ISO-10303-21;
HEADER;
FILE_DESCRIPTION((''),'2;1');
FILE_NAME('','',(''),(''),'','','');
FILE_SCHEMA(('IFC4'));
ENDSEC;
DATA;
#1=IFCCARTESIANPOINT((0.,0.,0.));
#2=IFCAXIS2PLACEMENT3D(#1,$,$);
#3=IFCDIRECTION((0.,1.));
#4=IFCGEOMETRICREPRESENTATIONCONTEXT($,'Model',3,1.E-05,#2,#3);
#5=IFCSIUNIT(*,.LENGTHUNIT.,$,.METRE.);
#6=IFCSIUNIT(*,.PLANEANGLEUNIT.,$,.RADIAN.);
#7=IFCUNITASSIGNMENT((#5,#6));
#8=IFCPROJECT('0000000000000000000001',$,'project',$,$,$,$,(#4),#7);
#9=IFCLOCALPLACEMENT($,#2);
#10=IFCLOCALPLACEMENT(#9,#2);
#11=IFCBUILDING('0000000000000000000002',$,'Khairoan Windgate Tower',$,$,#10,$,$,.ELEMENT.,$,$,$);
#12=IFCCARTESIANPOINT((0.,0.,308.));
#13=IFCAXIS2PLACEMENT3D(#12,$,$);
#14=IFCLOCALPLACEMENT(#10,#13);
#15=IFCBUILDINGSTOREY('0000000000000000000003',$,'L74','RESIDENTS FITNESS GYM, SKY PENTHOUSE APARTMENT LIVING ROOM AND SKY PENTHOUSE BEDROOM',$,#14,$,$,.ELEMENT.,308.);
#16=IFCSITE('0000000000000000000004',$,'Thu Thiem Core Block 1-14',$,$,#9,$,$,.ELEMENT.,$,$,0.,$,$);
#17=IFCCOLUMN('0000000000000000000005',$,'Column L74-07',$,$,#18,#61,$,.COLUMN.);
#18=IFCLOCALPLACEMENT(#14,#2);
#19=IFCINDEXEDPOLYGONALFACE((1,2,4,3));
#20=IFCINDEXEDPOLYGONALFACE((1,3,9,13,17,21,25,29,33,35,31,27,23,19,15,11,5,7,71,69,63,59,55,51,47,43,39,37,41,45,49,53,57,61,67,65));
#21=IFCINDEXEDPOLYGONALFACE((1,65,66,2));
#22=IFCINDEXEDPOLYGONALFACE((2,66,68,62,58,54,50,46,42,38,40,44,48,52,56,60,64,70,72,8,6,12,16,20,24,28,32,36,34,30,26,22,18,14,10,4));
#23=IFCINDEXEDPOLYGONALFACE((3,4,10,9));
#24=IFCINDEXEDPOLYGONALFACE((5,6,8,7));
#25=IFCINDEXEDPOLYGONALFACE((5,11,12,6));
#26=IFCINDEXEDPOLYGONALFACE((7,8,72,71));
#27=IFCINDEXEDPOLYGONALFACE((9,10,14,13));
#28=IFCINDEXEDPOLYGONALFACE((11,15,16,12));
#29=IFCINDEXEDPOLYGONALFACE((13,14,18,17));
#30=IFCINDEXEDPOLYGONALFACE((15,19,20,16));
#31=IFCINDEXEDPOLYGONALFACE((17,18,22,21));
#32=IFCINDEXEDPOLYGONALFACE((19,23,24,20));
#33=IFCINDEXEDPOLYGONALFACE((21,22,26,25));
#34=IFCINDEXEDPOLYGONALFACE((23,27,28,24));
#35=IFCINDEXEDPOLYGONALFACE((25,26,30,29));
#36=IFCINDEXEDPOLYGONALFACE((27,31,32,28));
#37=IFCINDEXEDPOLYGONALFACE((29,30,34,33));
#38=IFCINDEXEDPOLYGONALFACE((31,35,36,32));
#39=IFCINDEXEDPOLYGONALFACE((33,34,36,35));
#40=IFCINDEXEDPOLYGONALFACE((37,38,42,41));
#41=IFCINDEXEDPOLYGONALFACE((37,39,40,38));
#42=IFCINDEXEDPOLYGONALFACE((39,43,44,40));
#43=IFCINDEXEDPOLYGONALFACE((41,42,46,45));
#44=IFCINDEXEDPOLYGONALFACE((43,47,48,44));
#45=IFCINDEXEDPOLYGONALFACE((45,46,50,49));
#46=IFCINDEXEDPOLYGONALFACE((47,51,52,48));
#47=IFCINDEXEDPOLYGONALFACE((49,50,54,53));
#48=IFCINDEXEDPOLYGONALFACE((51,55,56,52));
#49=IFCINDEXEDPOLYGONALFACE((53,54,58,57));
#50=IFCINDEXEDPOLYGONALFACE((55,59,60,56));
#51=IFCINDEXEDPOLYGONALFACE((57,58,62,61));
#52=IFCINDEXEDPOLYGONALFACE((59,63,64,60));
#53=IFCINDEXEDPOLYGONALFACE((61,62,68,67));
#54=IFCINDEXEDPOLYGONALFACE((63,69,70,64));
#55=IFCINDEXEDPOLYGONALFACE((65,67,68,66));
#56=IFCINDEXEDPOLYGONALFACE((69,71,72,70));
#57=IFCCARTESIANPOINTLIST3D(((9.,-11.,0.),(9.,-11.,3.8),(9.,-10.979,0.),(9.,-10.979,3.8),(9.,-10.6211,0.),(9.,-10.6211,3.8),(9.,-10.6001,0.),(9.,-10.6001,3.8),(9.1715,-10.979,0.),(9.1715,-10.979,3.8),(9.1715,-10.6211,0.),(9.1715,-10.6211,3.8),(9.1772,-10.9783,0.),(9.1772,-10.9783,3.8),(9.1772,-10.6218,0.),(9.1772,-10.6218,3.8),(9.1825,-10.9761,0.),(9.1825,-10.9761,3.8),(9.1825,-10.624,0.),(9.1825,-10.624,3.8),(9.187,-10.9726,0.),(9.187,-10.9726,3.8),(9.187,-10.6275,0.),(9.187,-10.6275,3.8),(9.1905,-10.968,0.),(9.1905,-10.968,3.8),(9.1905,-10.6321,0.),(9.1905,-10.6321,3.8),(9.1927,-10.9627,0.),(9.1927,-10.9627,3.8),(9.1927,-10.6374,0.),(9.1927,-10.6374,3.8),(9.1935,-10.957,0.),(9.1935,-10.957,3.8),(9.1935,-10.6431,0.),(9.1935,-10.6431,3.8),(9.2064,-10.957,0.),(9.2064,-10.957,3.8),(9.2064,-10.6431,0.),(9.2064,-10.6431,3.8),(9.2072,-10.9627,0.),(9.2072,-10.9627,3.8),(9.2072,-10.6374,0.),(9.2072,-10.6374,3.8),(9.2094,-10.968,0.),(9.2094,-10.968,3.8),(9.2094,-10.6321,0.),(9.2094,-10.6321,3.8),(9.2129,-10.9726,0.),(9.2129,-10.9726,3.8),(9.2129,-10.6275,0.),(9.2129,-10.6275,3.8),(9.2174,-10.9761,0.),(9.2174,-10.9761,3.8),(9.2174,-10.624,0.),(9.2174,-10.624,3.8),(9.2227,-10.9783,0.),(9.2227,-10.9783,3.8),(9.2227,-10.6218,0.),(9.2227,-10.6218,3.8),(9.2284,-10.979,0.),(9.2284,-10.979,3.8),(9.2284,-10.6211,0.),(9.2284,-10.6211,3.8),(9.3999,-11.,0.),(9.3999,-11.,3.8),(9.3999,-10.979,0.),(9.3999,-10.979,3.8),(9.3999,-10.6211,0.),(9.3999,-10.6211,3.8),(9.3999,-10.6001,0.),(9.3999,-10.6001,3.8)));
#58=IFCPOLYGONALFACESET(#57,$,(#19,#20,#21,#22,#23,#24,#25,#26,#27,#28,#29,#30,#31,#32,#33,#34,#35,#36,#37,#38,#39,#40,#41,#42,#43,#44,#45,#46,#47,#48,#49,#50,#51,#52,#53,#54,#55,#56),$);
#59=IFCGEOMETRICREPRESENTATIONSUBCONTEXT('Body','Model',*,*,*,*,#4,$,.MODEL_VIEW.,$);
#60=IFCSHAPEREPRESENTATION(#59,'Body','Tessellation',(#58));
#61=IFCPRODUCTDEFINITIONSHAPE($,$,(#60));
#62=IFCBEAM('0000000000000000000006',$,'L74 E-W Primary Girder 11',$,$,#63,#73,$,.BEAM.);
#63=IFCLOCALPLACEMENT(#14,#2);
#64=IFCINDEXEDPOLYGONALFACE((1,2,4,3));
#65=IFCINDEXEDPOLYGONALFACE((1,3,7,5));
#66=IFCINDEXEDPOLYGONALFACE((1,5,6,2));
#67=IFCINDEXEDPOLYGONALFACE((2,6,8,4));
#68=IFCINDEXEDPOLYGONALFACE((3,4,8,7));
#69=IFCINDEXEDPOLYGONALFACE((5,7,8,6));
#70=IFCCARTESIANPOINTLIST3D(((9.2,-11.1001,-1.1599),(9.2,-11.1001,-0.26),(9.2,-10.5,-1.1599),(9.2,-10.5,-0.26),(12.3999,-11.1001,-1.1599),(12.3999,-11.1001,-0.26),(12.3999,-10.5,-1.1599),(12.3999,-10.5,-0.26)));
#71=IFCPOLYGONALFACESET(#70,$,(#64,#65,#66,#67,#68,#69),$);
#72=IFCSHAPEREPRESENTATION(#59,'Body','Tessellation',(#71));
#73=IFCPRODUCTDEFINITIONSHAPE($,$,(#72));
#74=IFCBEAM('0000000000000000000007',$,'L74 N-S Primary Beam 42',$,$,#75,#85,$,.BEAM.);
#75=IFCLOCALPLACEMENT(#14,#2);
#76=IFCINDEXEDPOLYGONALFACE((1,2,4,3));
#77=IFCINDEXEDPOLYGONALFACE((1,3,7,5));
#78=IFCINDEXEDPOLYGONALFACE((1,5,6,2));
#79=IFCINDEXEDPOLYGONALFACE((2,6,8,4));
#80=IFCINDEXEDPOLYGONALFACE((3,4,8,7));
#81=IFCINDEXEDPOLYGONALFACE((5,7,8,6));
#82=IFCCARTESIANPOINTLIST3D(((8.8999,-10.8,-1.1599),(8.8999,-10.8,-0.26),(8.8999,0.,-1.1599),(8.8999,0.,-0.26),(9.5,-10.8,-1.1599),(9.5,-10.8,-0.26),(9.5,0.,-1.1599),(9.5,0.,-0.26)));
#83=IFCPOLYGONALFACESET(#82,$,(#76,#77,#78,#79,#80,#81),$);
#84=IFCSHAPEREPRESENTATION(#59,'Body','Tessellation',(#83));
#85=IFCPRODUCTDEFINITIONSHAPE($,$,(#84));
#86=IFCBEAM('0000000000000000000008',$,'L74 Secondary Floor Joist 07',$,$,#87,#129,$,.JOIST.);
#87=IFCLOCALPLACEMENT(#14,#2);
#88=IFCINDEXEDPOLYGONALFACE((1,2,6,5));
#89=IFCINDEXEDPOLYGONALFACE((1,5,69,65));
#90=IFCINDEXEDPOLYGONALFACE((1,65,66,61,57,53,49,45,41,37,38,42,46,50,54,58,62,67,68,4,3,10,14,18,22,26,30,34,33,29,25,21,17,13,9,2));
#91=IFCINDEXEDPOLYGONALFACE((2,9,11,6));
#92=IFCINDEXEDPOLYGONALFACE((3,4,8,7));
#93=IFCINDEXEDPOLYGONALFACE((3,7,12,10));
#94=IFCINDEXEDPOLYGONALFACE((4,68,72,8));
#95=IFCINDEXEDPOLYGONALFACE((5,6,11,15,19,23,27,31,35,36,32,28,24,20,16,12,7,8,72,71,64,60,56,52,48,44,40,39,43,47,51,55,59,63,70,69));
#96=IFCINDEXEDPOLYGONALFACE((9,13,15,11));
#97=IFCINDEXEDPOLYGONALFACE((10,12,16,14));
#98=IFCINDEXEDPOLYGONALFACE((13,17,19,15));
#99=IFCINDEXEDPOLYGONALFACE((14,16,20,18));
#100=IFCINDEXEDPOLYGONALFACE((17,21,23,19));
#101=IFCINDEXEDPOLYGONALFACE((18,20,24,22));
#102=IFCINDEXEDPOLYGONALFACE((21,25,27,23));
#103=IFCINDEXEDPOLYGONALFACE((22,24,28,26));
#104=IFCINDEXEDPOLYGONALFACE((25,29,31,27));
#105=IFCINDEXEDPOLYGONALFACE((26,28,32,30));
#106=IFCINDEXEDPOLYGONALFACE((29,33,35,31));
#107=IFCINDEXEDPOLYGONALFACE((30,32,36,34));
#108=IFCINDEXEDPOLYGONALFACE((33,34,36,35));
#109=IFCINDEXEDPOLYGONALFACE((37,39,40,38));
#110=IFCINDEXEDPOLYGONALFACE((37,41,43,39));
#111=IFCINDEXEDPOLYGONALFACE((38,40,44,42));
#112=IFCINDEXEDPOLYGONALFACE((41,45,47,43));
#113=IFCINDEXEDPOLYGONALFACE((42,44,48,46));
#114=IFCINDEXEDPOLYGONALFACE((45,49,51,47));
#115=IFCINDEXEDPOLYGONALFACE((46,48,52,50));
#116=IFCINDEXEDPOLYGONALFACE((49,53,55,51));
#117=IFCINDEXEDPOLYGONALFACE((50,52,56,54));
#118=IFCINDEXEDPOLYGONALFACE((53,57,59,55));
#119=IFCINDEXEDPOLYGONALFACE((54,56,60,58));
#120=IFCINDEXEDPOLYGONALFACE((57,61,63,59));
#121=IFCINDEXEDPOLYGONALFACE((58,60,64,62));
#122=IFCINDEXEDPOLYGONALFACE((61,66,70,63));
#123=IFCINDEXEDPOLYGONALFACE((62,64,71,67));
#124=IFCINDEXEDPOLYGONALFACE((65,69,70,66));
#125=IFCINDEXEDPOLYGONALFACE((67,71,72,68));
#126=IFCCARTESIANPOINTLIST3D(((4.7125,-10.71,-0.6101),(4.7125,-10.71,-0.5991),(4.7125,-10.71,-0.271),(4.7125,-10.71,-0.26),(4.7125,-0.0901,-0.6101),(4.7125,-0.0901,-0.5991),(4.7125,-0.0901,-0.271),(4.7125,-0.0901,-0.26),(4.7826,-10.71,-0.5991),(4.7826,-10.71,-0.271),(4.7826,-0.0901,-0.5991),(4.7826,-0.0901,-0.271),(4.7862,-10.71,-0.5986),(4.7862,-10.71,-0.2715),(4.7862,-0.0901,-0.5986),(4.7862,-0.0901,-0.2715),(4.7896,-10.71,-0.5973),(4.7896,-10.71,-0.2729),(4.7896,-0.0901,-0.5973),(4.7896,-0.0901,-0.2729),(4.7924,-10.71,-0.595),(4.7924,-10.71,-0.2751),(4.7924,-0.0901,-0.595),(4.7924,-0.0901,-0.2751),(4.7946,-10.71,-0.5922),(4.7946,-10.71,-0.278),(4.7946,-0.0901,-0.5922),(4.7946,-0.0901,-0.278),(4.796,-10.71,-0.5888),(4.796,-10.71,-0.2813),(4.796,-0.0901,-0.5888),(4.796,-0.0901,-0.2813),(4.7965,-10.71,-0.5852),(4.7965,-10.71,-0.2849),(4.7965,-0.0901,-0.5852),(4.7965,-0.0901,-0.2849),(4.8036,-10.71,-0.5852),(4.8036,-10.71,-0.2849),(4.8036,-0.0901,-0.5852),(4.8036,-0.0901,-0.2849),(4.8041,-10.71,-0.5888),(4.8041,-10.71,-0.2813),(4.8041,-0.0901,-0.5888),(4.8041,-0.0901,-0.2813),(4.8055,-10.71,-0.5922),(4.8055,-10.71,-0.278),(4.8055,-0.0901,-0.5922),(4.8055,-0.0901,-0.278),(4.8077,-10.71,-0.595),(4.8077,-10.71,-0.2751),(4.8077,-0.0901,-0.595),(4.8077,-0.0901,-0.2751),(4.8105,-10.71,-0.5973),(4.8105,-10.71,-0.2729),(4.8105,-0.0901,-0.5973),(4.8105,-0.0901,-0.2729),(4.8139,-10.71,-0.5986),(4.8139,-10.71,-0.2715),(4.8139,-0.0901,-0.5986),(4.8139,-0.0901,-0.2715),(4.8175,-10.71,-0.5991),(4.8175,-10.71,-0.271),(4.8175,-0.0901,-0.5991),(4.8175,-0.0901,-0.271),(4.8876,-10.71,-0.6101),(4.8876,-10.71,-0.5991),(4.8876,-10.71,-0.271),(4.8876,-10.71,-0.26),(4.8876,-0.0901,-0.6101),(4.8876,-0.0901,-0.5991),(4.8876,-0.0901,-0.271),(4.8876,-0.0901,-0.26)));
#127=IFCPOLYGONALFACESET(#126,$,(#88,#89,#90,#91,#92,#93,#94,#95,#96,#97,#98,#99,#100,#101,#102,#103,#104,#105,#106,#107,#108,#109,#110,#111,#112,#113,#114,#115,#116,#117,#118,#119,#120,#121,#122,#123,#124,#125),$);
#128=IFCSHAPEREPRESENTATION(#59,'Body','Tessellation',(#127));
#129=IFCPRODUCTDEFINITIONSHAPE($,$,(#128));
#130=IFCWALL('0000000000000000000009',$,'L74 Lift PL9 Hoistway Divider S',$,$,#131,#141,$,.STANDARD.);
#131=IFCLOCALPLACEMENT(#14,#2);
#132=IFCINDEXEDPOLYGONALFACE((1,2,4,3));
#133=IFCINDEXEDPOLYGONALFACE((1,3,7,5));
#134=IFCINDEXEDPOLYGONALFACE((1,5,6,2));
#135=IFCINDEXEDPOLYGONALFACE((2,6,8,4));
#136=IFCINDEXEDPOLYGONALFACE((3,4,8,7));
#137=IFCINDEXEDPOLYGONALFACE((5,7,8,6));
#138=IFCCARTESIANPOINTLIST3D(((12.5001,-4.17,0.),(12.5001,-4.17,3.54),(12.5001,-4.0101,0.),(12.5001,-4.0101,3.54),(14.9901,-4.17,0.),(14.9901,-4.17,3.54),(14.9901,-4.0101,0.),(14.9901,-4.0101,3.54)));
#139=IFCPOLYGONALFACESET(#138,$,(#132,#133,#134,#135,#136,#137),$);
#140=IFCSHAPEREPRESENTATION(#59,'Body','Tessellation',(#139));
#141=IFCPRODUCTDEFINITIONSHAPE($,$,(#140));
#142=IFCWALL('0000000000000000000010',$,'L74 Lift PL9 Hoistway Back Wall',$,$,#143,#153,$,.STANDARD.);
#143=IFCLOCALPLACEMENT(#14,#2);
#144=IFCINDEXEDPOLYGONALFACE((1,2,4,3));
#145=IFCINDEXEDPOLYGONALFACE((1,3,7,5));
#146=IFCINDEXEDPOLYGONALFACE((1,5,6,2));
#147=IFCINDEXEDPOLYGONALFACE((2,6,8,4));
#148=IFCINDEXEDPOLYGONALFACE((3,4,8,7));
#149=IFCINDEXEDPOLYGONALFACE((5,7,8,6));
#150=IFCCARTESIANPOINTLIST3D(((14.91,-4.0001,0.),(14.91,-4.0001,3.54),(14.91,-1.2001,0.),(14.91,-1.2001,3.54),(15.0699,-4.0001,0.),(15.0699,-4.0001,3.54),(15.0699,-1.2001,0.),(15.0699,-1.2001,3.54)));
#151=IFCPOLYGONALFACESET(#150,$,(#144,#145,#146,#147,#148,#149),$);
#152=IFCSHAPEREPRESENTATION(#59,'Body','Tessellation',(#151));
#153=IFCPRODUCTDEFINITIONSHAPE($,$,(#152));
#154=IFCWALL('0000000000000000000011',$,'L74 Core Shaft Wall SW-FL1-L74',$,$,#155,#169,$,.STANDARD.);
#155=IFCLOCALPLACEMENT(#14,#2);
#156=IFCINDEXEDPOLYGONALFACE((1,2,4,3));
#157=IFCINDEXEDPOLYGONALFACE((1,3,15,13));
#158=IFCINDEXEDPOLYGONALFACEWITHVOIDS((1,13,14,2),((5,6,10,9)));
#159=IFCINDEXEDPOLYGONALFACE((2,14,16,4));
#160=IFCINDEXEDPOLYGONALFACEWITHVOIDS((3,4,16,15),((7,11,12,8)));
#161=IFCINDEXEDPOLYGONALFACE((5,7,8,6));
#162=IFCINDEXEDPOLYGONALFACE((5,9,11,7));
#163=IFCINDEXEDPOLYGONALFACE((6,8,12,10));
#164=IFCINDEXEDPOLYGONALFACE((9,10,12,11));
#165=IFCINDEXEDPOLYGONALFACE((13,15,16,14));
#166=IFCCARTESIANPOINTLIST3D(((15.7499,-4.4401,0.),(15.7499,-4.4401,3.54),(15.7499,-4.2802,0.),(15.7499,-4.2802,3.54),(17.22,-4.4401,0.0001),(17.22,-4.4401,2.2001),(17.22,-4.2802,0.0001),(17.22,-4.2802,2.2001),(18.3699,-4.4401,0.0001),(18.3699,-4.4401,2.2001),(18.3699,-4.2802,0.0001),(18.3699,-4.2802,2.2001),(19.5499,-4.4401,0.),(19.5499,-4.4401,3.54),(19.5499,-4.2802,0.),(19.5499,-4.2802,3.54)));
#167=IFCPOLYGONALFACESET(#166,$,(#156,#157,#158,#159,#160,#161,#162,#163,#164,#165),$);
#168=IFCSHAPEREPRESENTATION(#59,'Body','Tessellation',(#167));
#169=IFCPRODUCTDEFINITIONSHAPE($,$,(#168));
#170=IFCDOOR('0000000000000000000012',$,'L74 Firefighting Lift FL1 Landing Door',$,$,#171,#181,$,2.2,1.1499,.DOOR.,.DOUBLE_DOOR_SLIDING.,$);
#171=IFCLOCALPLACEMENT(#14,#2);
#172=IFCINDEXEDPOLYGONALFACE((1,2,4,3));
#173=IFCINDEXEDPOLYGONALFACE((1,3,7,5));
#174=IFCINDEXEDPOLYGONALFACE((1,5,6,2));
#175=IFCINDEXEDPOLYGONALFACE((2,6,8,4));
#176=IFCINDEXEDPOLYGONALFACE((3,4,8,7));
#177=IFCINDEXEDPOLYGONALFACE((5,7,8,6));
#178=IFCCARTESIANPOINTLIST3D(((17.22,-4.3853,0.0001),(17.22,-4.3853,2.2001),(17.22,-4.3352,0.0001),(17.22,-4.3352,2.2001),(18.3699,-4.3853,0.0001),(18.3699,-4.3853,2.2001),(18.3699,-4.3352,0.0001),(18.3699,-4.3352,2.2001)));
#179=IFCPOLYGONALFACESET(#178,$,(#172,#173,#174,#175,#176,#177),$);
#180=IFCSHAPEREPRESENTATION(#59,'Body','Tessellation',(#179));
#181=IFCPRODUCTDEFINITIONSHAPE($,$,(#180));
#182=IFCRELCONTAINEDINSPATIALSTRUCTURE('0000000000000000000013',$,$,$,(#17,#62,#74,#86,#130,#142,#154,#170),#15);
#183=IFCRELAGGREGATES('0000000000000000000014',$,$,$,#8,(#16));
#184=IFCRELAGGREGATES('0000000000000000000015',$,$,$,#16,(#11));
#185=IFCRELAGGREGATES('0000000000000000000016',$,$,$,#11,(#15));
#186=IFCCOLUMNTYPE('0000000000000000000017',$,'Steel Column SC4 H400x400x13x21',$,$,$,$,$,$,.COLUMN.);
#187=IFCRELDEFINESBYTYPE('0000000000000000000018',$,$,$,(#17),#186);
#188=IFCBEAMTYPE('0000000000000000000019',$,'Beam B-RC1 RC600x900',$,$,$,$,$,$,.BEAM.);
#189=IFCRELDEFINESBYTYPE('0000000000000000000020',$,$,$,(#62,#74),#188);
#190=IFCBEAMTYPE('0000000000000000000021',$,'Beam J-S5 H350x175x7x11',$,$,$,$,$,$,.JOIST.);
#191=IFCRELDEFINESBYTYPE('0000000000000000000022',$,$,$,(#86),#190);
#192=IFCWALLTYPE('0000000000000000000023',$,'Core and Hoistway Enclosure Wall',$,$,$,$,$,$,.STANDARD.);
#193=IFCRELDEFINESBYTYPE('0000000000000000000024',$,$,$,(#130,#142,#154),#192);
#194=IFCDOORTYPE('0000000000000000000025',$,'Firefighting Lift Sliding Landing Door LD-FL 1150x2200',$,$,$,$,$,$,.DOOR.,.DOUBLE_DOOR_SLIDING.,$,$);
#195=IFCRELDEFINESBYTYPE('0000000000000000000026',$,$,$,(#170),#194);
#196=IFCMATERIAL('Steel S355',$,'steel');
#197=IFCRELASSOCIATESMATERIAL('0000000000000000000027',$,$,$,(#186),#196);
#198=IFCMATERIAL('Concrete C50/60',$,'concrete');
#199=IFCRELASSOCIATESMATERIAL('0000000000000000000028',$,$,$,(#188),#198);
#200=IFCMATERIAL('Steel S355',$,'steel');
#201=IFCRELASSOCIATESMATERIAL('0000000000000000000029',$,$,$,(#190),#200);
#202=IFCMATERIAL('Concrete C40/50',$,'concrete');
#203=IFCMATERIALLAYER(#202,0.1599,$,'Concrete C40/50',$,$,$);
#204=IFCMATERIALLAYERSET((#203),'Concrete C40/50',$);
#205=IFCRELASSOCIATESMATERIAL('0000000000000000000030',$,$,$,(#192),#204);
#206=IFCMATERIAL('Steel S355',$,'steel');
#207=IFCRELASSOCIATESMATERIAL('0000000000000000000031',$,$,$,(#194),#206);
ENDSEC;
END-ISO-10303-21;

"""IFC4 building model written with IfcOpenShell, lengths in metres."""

from ifc_helpers import new_model, si_unit, direction, frame, frame_2d, origin, origin_2d, place, context, subcontext, project, spatial, rectangle, i_section, extrude, material, layer, layer_set, material_profile, profile_set, type_object, element, fill, save


model = new_model("IFC4")

# Units and contexts
model_context = context("Model", 3, precision=1e-05, world=origin(), true_north=direction((0.0, 1.0)))
body_context = subcontext(model_context, "Body", "Model", "MODEL_VIEW")
ifc_project = project(units=[si_unit("LENGTHUNIT", "METRE"), si_unit("PLANEANGLEUNIT", "RADIAN")], contexts=[model_context])

# Site, building, storey
site_placement = place(None, origin())
site = spatial("IfcSite", under=ifc_project, at=site_placement, Name="Thu Thiem Core Block 1-14", CompositionType="ELEMENT", RefElevation=0.0)
building_placement = place(site_placement, origin())
building = spatial("IfcBuilding", under=site, at=building_placement, Name="Khairoan Windgate Tower", CompositionType="ELEMENT")
storey_placement = place(building_placement, frame((0.0, 0.0, 308.0)))
storey = spatial("IfcBuildingStorey", under=building, at=storey_placement, Name="L74", Description="RESIDENTS FITNESS GYM, SKY PENTHOUSE APARTMENT LIVING ROOM AND SKY PENTHOUSE BEDROOM", CompositionType="ELEMENT", Elevation=308.0)

# Column
ifc_material_1 = material(Name="Steel S355", Category="steel")
ifc_material_profile_1 = material_profile(ifc_material_1, i_section(OverallWidth=0.3999, OverallDepth=0.3999, WebThickness=0.0129, FlangeThickness=0.021, FilletRadius=0.022, at=origin_2d()))
ifc_profile_set_1 = profile_set([ifc_material_profile_1], Name="Steel S355")
column_type = type_object("IfcColumnType", Name="Steel Column SC4 H400x400x13x21", PredefinedType="COLUMN", material=ifc_profile_set_1)
column_placement = place(storey_placement, frame((9.2, -10.8, 0.0), z_axis=(0.0, 0.0, 1.0), x_axis=(1.0, 0.0, 0.0)))
element("IfcColumn", 1, at=column_placement, inside=storey, type_object=column_type, Name="Column L74-07", PredefinedType="COLUMN", context=body_context, shape_type="SweptSolid", body=[
    extrude(i_section(OverallWidth=0.3999, OverallDepth=0.3999, WebThickness=0.0129, FlangeThickness=0.021, FilletRadius=0.022, at=origin_2d()), origin(), (0.0, 0.0, 1.0), 3.8),
])

# Beams
ifc_material_2 = material(Name="Concrete C50/60", Category="concrete")
ifc_material_profile_2 = material_profile(ifc_material_2, rectangle(XDim=0.6001, YDim=0.8999, at=origin_2d()))
ifc_profile_set_2 = profile_set([ifc_material_profile_2], Name="Concrete C50/60")
beam_type_1 = type_object("IfcBeamType", Name="Beam B-RC1 RC600x900", PredefinedType="BEAM", material=ifc_profile_set_2)
beam_1_placement = place(storey_placement, frame((9.2, -10.8, -0.71), z_axis=(1.0, 0.0, 0.0), x_axis=(0.0, 1.0, 0.0)))
element("IfcBeam", 2, at=beam_1_placement, inside=storey, type_object=beam_type_1, Name="L74 E-W Primary Girder 11", PredefinedType="BEAM", context=body_context, shape_type="SweptSolid", body=[
    extrude(rectangle(XDim=0.6001, YDim=0.8999, at=origin_2d()), origin(), (0.0, 0.0, 1.0), 3.2),
])
beam_2_placement = place(storey_placement, frame((9.2, -10.8, -0.71), z_axis=(0.0, 1.0, 0.0), x_axis=(-1.0, 0.0, 0.0)))
element("IfcBeam", 3, at=beam_2_placement, inside=storey, type_object=beam_type_1, Name="L74 N-S Primary Beam 42", PredefinedType="BEAM", context=body_context, shape_type="SweptSolid", body=[
    extrude(rectangle(XDim=0.6001, YDim=0.8999, at=origin_2d()), origin(), (0.0, 0.0, 1.0), 10.8),
])
ifc_material_3 = material(Name="Steel S355", Category="steel")
ifc_material_profile_3 = material_profile(ifc_material_3, i_section(OverallWidth=0.175, OverallDepth=0.3501, WebThickness=0.0071, FlangeThickness=0.011, FilletRadius=0.0139, at=origin_2d()))
ifc_profile_set_3 = profile_set([ifc_material_profile_3], Name="Steel S355")
beam_type_2 = type_object("IfcBeamType", Name="Beam J-S5 H350x175x7x11", PredefinedType="JOIST", material=ifc_profile_set_3)
beam_3_placement = place(storey_placement, frame((4.8, -10.71, -0.4351), z_axis=(0.0, 1.0, 0.0), x_axis=(-1.0, 0.0, 0.0)))
element("IfcBeam", 4, at=beam_3_placement, inside=storey, type_object=beam_type_2, Name="L74 Secondary Floor Joist 07", PredefinedType="JOIST", context=body_context, shape_type="SweptSolid", body=[
    extrude(i_section(OverallWidth=0.175, OverallDepth=0.3501, WebThickness=0.0071, FlangeThickness=0.011, FilletRadius=0.0139, at=origin_2d()), origin(), (0.0, 0.0, 1.0), 10.6199),
])

# Walls
ifc_material_4 = material(Name="Concrete C40/50", Category="concrete")
ifc_layer_1 = layer(ifc_material_4, 0.1599, Name="Concrete C40/50")
ifc_layer_set_1 = layer_set([ifc_layer_1], Name="Concrete C40/50")
wall_type_1 = type_object("IfcWallType", Name="Core and Hoistway Enclosure Wall", PredefinedType="STANDARD", material=ifc_layer_set_1)
wall_1_placement = place(storey_placement, frame((12.5, -4.0901, 0.0), z_axis=(0.0, 0.0, 1.0), x_axis=(1.0, 0.0, 0.0)))
element("IfcWall", 5, at=wall_1_placement, inside=storey, type_object=wall_type_1, Name="L74 Lift PL9 Hoistway Divider S", PredefinedType="STANDARD", context=body_context, shape_type="SweptSolid", body=[
    extrude(rectangle(XDim=2.49, YDim=0.1599, at=frame_2d((1.2451, 0.0))), origin(), (0.0, 0.0, 1.0), 3.54),
])
wall_2_placement = place(storey_placement, frame((14.99, -4.0, 0.0), z_axis=(0.0, 0.0, 1.0), x_axis=(0.0, 1.0, 0.0)))
element("IfcWall", 6, at=wall_2_placement, inside=storey, type_object=wall_type_1, Name="L74 Lift PL9 Hoistway Back Wall", PredefinedType="STANDARD", context=body_context, shape_type="SweptSolid", body=[
    extrude(rectangle(XDim=2.8, YDim=0.1599, at=frame_2d((1.3999, 0.0))), origin(), (0.0, 0.0, 1.0), 3.54),
])

# Wall, opening, door
wall_3_placement = place(storey_placement, frame((15.75, -4.3601, 0.0), z_axis=(0.0, 0.0, 1.0), x_axis=(1.0, 0.0, 0.0)))
wall_3 = element("IfcWall", 7, at=wall_3_placement, inside=storey, type_object=wall_type_1, Name="L74 Core Shaft Wall SW-FL1-L74", PredefinedType="STANDARD", context=body_context, shape_type="SweptSolid", body=[
    extrude(rectangle(XDim=3.8, YDim=0.1599, at=frame_2d((1.8999, 0.0))), origin(), (0.0, 0.0, 1.0), 3.54),
])
opening_1_placement = place(wall_3_placement, frame((1.47, 0.0, 0.0)))
opening_1 = element("IfcOpeningElement", 8, at=opening_1_placement, cuts=wall_3, PredefinedType="OPENING", context=body_context, shape_type="SweptSolid", body=[
    extrude(rectangle(XDim=1.1499, YDim=2.2, at=frame_2d((0.575, 1.1001))), frame((0.0, 0.0898, 0.0), z_axis=(0.0, -1.0, 0.0), x_axis=(1.0, 0.0, 0.0)), (0.0, 0.0, 1.0), 0.1799),
])
ifc_material_5 = material(Name="Steel S355", Category="steel")
door_type_1 = type_object("IfcDoorType", Name="Firefighting Lift Sliding Landing Door LD-FL 1150x2200", OperationType="DOUBLE_DOOR_SLIDING", PredefinedType="DOOR", material=ifc_material_5)
door_1_placement = place(opening_1_placement, origin())
door_1 = element("IfcDoor", 9, at=door_1_placement, inside=storey, type_object=door_type_1, Name="L74 Firefighting Lift FL1 Landing Door", OperationType="DOUBLE_DOOR_SLIDING", OverallHeight=2.2, OverallWidth=1.1499, PredefinedType="DOOR", context=body_context, shape_type="SweptSolid", body=[
    extrude(rectangle(XDim=1.1499, YDim=2.2, at=frame_2d((0.575, 1.1001))), frame((0.0, 0.0249, 0.0), z_axis=(0.0, -1.0, 0.0), x_axis=(1.0, 0.0, 0.0)), (0.0, 0.0, 1.0), 0.05),
])
fill(opening_1, door_1)

save(model, "model.ifc")
